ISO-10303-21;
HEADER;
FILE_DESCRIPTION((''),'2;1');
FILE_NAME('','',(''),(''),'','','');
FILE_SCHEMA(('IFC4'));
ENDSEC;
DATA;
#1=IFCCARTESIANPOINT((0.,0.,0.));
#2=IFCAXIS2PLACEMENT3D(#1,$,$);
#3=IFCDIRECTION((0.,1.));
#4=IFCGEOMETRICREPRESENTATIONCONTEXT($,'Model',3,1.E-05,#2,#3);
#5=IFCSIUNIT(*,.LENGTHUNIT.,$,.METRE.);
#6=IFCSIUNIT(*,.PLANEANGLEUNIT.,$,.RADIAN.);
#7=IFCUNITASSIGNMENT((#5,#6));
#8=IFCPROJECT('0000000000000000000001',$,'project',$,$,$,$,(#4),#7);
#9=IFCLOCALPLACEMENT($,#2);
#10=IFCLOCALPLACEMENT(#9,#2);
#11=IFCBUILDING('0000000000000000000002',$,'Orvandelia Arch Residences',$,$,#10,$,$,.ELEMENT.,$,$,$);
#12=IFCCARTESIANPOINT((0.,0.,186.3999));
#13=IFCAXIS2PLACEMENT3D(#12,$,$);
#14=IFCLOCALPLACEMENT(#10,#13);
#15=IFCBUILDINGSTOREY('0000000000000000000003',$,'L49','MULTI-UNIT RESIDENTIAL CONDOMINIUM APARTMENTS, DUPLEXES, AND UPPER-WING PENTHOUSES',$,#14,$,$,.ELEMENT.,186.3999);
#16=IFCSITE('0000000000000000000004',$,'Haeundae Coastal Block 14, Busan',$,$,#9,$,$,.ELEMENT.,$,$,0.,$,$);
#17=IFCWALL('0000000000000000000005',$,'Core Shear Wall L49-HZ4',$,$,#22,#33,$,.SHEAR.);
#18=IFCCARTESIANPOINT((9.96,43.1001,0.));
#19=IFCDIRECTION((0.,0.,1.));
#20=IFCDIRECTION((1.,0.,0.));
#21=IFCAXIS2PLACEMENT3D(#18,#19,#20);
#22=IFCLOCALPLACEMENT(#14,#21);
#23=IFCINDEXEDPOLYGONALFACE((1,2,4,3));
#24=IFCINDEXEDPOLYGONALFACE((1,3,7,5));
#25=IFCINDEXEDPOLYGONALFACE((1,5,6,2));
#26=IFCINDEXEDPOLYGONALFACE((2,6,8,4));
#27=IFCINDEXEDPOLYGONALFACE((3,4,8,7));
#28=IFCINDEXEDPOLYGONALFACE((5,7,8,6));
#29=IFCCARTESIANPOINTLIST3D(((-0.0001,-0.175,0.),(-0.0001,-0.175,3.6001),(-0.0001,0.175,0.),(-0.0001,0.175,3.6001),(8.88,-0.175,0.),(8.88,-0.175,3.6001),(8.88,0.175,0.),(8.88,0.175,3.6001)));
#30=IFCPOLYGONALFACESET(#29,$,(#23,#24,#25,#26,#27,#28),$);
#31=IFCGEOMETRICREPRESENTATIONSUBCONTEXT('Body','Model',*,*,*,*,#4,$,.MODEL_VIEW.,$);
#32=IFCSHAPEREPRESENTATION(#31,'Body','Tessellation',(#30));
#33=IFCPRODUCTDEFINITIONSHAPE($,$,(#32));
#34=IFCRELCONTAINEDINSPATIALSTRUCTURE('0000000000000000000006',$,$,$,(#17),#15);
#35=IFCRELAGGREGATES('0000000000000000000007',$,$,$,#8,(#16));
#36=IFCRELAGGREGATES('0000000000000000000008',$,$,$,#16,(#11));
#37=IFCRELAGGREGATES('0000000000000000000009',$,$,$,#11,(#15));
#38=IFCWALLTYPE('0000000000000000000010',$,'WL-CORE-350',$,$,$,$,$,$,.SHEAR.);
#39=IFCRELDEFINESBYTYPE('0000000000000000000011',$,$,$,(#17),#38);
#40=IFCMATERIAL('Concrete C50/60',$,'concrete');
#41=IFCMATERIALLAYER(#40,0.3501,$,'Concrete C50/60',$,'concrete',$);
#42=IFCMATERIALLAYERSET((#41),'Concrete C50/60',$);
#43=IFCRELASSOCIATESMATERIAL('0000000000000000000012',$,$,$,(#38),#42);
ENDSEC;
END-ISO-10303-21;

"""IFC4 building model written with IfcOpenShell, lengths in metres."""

from ifc_helpers import new_model, si_unit, direction, frame, frame_2d, origin, place, context, subcontext, project, spatial, rectangle, extrude, material, layer, layer_set, type_object, element, save


model = new_model("IFC4")

# Units and contexts
model_context = context("Model", 3, precision=1e-05, world=origin(), true_north=direction((0.0, 1.0)))
body_context = subcontext(model_context, "Body", "Model", "MODEL_VIEW")
ifc_project = project(units=[si_unit("LENGTHUNIT", "METRE"), si_unit("PLANEANGLEUNIT", "RADIAN")], contexts=[model_context])

# Site, building, storey
site_placement = place(None, origin())
site = spatial("IfcSite", under=ifc_project, at=site_placement, Name="Haeundae Coastal Block 14, Busan", CompositionType="ELEMENT", RefElevation=0.0)
building_placement = place(site_placement, origin())
building = spatial("IfcBuilding", under=site, at=building_placement, Name="Orvandelia Arch Residences", CompositionType="ELEMENT")
storey_placement = place(building_placement, frame((0.0, 0.0, 186.3999)))
storey = spatial("IfcBuildingStorey", under=building, at=storey_placement, Name="L49", Description="MULTI-UNIT RESIDENTIAL CONDOMINIUM APARTMENTS, DUPLEXES, AND UPPER-WING PENTHOUSES", CompositionType="ELEMENT", Elevation=186.3999)

# Wall
ifc_material_1 = material(Name="Concrete C50/60", Category="concrete")
ifc_layer_1 = layer(ifc_material_1, 0.3501, Name="Concrete C50/60", Category="concrete")
ifc_layer_set_1 = layer_set([ifc_layer_1], Name="Concrete C50/60")
wall_type_1 = type_object("IfcWallType", Name="WL-CORE-350", PredefinedType="SHEAR", material=ifc_layer_set_1)
wall_1_placement = place(storey_placement, frame((9.96, 43.1001, 0.0), z_axis=(0.0, 0.0, 1.0), x_axis=(1.0, 0.0, 0.0)))
element("IfcWall", 1, at=wall_1_placement, inside=storey, type_object=wall_type_1, Name="Core Shear Wall L49-HZ4", PredefinedType="SHEAR", context=body_context, shape_type="SweptSolid", body=[
    extrude(rectangle(XDim=8.8801, YDim=0.3501, at=frame_2d((4.4399, 0.0))), origin(), (0.0, 0.0, 1.0), 3.6001),
])

save(model, "model.ifc")
